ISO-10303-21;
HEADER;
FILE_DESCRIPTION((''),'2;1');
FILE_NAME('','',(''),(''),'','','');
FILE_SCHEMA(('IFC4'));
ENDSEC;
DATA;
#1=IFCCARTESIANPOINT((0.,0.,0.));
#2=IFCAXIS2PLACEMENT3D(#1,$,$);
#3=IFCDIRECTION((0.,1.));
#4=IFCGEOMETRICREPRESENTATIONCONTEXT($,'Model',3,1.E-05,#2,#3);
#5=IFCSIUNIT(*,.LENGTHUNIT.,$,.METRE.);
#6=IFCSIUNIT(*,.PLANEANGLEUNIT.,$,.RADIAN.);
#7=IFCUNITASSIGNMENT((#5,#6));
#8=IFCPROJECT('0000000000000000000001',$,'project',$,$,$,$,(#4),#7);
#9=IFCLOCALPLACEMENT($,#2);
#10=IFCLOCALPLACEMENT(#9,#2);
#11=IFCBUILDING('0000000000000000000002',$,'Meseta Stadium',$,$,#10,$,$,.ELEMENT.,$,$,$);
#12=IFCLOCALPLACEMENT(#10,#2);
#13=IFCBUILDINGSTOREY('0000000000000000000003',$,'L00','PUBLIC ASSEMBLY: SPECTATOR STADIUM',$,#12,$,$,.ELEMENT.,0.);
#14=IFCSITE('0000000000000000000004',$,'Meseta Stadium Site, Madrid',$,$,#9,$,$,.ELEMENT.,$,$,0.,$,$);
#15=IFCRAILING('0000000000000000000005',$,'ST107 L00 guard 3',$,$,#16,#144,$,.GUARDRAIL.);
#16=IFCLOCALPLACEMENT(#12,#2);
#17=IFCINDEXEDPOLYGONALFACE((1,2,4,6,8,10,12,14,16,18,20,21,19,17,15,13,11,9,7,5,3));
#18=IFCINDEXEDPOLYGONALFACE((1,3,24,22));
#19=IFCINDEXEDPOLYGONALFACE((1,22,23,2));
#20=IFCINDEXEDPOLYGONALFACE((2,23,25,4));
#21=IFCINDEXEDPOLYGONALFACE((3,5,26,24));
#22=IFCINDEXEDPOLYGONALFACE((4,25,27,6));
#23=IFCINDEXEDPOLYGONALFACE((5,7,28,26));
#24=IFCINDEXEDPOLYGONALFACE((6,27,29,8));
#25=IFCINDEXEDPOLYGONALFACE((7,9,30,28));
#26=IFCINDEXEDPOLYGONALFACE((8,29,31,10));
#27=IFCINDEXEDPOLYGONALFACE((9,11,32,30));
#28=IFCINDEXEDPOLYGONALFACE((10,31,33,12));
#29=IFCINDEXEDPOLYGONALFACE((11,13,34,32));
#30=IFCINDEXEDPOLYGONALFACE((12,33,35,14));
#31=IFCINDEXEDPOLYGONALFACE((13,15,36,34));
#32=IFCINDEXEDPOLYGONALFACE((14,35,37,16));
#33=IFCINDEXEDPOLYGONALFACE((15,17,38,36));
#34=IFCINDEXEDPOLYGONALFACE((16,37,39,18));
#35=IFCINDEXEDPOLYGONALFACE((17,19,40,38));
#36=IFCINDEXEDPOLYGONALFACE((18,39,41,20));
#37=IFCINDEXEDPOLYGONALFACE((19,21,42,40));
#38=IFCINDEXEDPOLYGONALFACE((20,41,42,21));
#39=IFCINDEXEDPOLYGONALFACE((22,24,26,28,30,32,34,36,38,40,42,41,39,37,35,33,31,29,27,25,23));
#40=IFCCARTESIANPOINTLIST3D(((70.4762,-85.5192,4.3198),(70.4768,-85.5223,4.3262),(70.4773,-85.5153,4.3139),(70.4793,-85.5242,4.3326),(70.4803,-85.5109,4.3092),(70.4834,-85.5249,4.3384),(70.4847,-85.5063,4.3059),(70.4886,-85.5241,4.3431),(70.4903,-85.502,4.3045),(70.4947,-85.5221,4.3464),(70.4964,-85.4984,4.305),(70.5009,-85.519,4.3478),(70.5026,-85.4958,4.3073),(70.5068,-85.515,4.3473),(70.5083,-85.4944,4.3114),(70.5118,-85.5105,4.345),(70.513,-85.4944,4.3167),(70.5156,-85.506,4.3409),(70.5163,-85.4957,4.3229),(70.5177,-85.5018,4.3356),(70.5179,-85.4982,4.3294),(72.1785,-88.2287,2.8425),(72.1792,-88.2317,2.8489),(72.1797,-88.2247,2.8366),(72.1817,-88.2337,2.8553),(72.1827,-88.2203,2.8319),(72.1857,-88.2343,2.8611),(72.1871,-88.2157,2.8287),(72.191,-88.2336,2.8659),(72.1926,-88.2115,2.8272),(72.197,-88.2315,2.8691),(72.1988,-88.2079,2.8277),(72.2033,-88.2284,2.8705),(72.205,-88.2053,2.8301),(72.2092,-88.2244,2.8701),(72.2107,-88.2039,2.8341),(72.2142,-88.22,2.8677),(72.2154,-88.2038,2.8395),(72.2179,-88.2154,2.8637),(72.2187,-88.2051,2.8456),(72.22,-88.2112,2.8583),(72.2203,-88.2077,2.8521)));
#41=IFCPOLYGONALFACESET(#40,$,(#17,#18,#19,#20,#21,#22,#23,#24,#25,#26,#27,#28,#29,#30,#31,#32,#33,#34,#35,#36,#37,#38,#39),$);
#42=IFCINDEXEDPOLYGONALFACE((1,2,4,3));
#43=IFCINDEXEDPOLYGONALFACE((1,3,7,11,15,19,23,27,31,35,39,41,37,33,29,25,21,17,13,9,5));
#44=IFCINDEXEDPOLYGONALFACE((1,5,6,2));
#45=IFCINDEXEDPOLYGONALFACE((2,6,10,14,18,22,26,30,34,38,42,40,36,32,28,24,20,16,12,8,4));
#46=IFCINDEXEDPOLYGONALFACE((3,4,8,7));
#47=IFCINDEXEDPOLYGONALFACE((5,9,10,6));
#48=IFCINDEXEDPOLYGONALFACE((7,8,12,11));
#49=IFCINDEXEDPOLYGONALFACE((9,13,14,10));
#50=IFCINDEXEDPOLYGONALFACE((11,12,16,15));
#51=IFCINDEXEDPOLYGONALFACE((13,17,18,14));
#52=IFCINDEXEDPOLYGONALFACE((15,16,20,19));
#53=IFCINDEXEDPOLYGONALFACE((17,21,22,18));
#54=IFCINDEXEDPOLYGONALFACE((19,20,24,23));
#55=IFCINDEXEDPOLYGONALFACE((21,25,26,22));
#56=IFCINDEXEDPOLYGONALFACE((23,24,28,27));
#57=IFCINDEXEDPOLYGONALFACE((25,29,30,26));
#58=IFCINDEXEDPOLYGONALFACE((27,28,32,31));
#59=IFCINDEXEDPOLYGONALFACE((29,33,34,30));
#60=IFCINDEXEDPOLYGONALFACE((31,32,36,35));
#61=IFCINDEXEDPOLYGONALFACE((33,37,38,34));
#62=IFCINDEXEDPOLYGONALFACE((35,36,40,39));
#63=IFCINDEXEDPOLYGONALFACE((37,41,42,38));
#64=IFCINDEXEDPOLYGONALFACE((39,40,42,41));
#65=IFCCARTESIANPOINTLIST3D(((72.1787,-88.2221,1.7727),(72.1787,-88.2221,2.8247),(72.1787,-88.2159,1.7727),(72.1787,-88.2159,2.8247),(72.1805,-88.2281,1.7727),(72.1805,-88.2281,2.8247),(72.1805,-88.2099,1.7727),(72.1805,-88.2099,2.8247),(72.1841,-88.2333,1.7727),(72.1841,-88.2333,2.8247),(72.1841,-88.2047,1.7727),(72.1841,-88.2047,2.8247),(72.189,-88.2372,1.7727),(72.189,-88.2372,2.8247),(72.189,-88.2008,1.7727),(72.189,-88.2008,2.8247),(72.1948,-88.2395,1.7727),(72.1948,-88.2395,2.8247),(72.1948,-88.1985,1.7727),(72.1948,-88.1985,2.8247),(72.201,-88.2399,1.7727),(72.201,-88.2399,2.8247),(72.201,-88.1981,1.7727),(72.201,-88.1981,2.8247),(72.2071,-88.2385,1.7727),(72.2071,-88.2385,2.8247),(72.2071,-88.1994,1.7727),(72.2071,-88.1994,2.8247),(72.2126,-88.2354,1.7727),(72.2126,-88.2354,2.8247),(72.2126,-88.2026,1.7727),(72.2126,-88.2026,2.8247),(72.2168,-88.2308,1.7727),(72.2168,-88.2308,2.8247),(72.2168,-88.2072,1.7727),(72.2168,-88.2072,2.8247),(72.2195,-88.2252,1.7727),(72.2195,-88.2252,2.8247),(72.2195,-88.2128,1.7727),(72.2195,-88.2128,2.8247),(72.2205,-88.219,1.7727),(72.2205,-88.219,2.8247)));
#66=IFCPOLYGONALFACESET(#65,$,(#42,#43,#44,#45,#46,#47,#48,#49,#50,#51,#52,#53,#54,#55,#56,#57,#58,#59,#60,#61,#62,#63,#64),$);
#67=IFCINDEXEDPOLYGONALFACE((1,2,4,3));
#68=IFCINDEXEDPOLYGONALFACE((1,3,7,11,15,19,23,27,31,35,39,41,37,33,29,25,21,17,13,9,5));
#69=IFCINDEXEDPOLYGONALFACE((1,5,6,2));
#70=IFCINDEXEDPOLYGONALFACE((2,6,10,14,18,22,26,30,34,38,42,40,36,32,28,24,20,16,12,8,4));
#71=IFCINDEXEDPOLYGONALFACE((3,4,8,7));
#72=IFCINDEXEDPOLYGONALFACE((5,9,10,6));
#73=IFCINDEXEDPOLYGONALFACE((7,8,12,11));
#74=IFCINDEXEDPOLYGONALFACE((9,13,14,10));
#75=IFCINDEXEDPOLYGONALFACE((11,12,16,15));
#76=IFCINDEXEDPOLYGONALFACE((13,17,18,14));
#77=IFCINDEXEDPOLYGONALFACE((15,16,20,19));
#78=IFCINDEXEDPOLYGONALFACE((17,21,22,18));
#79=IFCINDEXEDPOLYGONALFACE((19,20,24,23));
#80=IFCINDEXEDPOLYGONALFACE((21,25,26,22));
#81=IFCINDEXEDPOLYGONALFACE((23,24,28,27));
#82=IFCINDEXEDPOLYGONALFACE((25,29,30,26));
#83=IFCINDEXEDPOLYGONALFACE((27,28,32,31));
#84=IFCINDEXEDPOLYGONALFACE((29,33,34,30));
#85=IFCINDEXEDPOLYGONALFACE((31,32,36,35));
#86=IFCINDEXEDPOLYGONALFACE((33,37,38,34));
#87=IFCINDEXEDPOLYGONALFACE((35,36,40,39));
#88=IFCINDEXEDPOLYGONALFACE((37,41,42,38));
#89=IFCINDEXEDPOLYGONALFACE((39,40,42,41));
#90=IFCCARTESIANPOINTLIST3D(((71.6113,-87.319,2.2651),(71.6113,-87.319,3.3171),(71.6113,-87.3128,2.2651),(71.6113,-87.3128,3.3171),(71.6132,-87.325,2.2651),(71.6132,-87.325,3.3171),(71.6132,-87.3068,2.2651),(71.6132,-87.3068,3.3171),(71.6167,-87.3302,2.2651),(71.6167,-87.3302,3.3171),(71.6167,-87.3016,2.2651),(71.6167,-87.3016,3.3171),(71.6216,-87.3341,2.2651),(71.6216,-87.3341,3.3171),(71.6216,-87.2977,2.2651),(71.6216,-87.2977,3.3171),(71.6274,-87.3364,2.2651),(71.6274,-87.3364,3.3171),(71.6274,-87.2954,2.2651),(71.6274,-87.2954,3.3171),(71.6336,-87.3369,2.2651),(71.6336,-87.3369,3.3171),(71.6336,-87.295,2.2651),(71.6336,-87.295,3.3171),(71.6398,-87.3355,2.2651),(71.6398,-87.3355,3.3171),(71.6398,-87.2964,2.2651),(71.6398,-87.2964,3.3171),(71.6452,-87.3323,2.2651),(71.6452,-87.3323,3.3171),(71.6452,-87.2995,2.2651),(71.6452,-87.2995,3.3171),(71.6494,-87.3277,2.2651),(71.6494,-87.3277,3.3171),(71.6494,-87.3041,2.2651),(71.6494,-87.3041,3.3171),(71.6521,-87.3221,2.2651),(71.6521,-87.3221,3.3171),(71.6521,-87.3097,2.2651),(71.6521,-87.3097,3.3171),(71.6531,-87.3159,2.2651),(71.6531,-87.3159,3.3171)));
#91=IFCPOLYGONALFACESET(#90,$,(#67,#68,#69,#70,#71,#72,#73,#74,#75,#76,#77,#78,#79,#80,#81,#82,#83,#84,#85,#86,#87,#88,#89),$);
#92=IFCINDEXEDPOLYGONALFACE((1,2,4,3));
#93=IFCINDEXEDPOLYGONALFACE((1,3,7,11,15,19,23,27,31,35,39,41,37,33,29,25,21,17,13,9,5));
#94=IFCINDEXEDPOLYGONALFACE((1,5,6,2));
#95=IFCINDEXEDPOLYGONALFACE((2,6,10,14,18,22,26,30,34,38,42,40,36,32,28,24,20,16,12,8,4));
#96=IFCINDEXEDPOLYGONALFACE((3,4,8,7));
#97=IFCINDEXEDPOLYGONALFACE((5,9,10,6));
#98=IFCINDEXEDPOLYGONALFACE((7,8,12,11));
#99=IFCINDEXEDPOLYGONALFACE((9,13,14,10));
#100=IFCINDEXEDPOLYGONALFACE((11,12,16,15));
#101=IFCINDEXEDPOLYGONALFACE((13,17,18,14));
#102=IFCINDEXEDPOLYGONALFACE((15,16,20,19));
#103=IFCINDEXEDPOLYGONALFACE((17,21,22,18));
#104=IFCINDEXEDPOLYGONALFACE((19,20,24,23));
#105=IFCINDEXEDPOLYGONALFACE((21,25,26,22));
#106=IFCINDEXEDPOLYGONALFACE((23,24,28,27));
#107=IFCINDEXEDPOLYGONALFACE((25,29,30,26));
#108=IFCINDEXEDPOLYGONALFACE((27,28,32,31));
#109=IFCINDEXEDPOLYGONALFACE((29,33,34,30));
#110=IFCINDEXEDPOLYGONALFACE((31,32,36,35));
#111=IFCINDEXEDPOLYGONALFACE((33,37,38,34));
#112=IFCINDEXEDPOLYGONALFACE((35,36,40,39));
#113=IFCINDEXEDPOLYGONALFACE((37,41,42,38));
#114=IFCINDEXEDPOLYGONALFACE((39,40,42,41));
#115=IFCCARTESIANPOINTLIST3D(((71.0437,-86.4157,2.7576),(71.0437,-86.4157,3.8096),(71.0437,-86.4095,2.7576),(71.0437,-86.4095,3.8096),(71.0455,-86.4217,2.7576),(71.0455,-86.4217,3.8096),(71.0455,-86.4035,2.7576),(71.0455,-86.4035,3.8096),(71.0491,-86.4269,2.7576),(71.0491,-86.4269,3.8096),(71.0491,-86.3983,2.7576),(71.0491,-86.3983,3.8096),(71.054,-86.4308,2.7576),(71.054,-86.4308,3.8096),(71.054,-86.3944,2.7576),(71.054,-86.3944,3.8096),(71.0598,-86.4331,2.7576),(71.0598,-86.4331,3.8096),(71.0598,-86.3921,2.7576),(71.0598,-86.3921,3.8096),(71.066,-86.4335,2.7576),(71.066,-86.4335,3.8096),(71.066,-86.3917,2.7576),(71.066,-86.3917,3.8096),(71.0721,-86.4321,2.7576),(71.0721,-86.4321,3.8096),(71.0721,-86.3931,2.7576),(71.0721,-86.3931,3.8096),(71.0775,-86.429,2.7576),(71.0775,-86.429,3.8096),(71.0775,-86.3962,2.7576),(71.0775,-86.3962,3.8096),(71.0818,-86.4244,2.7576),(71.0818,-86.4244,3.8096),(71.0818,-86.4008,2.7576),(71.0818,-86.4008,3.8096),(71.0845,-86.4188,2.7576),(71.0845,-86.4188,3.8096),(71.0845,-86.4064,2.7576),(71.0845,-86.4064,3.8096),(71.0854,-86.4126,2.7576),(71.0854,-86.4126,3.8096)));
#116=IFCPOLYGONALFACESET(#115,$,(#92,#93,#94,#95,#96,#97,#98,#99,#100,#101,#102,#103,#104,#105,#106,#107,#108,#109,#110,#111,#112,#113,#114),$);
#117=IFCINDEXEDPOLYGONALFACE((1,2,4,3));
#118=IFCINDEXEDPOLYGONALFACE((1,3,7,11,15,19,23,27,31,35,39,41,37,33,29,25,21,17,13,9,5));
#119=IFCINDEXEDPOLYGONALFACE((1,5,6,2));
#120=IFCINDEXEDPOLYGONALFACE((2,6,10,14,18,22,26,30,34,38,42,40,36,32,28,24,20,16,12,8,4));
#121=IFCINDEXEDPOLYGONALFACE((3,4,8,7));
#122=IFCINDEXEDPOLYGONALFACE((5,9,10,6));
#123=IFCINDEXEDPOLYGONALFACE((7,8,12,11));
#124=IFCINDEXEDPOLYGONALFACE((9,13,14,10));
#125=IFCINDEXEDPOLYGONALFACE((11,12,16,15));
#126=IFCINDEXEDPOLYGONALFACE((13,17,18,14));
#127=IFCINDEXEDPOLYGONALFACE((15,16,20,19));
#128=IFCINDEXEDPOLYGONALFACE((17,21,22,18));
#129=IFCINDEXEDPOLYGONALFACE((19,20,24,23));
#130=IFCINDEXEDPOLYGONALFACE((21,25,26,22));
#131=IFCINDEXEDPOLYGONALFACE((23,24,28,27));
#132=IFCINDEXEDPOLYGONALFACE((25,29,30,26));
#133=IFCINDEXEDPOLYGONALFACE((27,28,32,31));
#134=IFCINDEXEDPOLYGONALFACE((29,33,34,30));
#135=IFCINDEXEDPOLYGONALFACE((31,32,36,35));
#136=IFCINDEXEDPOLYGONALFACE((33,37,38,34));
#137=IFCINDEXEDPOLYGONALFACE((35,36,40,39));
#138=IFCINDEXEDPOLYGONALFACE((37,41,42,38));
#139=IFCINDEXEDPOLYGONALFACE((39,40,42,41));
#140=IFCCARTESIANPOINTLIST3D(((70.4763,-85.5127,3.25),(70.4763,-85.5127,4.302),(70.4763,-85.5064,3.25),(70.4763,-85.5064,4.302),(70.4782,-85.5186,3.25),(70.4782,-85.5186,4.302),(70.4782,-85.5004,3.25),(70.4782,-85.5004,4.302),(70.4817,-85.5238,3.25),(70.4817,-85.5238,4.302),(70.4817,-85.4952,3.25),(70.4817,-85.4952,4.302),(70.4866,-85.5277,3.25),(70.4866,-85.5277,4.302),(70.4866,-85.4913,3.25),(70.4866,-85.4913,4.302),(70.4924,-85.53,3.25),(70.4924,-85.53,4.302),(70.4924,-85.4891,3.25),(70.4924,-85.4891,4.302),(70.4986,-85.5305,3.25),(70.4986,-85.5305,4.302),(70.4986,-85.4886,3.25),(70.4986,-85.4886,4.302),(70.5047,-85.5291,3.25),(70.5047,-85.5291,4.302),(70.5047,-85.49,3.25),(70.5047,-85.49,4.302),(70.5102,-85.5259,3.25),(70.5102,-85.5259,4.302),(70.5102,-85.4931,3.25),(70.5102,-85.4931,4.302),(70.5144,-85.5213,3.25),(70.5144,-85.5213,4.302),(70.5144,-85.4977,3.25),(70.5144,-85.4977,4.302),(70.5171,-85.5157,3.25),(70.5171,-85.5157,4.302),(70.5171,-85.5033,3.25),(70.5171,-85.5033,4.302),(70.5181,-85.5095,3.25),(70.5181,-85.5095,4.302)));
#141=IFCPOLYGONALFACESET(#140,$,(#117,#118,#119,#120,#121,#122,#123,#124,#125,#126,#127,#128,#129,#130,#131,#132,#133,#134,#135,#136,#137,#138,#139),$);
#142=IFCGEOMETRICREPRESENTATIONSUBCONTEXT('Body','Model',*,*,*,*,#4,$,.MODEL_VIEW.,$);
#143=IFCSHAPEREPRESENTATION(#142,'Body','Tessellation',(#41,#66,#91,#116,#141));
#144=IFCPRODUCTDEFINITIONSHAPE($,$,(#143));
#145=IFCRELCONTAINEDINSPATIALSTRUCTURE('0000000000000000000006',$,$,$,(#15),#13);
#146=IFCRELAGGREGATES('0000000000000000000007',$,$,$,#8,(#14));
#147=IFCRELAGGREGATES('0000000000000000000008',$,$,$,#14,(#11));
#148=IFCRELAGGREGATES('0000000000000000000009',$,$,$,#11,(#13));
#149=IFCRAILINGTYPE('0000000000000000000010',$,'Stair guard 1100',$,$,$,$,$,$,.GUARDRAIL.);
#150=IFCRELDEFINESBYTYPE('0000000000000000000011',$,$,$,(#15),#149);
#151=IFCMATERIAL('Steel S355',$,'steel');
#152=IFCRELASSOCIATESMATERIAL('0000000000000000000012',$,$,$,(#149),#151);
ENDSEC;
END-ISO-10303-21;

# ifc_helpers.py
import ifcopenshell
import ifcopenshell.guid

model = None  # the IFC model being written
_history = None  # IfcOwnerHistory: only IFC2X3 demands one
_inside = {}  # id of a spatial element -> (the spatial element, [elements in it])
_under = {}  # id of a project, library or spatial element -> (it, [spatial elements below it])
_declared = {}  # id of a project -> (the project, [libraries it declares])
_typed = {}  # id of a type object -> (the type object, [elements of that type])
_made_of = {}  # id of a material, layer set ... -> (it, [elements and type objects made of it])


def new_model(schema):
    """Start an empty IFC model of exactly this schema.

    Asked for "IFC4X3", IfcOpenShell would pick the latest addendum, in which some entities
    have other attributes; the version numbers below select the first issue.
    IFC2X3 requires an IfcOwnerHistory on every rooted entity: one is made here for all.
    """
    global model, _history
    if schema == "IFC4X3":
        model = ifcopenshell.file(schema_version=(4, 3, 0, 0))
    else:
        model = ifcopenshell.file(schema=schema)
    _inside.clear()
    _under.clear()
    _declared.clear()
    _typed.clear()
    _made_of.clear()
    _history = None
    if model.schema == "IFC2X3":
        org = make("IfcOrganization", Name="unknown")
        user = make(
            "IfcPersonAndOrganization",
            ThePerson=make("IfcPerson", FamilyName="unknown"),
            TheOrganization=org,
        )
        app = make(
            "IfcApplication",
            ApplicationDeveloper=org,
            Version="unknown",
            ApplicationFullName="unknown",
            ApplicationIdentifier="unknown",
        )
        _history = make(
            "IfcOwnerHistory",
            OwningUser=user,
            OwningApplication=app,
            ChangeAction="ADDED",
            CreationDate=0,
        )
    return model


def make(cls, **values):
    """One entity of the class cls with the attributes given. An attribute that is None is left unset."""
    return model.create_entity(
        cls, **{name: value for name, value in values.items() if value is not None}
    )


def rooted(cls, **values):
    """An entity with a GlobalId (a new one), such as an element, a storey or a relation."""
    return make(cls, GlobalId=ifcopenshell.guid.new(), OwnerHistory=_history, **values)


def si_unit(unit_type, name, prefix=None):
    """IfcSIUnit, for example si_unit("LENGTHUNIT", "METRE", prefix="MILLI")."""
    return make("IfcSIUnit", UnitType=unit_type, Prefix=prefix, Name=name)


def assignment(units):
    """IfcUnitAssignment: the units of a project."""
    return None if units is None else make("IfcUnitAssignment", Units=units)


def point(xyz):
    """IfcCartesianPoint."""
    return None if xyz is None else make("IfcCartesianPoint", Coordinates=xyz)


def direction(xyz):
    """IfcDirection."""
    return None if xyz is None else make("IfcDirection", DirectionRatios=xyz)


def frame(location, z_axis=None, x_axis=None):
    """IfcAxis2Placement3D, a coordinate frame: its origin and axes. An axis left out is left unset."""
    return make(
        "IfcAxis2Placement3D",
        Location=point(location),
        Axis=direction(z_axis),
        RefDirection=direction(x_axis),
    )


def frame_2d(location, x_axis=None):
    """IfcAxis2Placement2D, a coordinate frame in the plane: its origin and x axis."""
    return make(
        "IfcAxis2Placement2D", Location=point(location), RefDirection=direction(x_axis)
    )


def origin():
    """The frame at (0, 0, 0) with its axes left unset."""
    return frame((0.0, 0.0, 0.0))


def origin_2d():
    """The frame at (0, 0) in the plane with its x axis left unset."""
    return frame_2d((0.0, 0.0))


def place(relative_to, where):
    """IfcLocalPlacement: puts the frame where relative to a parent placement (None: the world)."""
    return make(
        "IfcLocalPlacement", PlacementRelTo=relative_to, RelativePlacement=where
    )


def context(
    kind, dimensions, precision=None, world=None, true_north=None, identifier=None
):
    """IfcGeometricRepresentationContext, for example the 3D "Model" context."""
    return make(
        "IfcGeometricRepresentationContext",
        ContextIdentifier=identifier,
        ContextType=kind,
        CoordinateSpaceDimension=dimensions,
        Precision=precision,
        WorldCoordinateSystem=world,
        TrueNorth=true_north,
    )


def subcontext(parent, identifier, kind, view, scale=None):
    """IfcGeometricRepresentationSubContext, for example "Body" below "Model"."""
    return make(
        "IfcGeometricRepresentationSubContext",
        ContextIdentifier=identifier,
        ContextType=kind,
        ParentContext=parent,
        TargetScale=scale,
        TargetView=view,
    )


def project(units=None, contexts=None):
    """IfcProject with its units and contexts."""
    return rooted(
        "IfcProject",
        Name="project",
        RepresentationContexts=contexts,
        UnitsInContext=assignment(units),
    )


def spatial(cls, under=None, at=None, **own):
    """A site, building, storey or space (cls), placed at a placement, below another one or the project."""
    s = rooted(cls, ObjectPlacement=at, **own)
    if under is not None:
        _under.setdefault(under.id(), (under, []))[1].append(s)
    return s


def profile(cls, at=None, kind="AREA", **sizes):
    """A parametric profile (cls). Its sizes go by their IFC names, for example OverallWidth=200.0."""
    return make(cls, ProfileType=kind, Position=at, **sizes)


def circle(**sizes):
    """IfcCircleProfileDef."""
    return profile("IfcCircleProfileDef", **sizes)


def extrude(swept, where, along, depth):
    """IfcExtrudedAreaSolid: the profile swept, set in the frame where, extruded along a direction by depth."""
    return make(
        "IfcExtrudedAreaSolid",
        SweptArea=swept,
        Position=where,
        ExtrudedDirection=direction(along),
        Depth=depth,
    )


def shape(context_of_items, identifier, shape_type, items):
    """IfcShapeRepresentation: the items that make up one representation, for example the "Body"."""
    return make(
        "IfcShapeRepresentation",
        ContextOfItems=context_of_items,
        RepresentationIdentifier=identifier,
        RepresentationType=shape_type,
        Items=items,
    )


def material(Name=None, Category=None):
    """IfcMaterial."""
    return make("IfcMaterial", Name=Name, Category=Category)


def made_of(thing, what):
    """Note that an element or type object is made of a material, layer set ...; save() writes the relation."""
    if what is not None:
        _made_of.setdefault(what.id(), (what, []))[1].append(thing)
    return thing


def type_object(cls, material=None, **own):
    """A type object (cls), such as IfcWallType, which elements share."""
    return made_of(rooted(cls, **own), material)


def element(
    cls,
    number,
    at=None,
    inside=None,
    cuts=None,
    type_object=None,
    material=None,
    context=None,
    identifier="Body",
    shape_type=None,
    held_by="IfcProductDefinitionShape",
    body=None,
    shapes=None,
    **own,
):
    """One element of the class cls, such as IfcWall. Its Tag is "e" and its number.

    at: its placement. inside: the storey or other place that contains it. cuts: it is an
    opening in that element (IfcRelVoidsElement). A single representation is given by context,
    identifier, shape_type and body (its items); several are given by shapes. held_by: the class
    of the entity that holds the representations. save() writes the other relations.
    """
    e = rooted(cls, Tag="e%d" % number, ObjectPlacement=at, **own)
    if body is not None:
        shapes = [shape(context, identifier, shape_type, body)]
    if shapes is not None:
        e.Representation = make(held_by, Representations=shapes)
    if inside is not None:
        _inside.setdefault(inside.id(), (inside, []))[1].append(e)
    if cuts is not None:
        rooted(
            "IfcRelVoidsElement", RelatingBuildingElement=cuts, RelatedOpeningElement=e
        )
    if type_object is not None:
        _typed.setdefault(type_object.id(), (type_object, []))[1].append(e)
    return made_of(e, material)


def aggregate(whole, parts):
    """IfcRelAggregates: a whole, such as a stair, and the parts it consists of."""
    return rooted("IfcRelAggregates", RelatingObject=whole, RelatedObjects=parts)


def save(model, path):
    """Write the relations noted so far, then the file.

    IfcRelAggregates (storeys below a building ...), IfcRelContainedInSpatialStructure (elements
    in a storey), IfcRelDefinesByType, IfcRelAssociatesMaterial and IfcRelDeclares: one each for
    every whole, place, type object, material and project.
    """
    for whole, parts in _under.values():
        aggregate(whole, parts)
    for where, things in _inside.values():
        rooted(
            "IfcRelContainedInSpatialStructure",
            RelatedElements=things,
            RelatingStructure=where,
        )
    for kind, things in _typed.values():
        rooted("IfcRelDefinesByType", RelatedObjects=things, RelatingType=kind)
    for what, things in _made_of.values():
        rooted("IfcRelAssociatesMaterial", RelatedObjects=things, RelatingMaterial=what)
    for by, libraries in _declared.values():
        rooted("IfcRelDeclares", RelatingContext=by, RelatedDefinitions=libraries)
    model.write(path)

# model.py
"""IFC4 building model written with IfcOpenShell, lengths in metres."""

from ifc_helpers import new_model, si_unit, direction, frame, origin, origin_2d, place, context, subcontext, project, spatial, circle, extrude, material, type_object, element, save


model = new_model("IFC4")

# Units and contexts
model_context = context("Model", 3, precision=1e-05, world=origin(), true_north=direction((0.0, 1.0)))
body_context = subcontext(model_context, "Body", "Model", "MODEL_VIEW")
ifc_project = project(units=[si_unit("LENGTHUNIT", "METRE"), si_unit("PLANEANGLEUNIT", "RADIAN")], contexts=[model_context])

# Site, building, storey
site_placement = place(None, origin())
site = spatial("IfcSite", under=ifc_project, at=site_placement, Name="Meseta Stadium Site, Madrid", CompositionType="ELEMENT", RefElevation=0.0)
building_placement = place(site_placement, origin())
building = spatial("IfcBuilding", under=site, at=building_placement, Name="Meseta Stadium", CompositionType="ELEMENT")
storey_placement = place(building_placement, origin())
storey = spatial("IfcBuildingStorey", under=building, at=storey_placement, Name="L00", Description="PUBLIC ASSEMBLY: SPECTATOR STADIUM", CompositionType="ELEMENT", Elevation=0.0)

# Railing
ifc_material_1 = material(Name="Steel S355", Category="steel")
railing_type_1 = type_object("IfcRailingType", Name="Stair guard 1100", PredefinedType="GUARDRAIL", material=ifc_material_1)
railing_1_placement = place(storey_placement, frame((72.1995, -88.219, 1.7727)))
element("IfcRailing", 1, at=railing_1_placement, inside=storey, type_object=railing_type_1, Name="ST107 L00 guard 3", PredefinedType="GUARDRAIL", context=body_context, shape_type="SweptSolid", body=[
    extrude(circle(Radius=0.0239, at=origin_2d()), frame((0.0, 0.0, 1.0762), z_axis=(-0.483023, 0.768764, 0.419156), x_axis=(-0.846736, -0.532014, 0.0)), (0.0, 0.0, 1.0), 3.5244),
    extrude(circle(Radius=0.021, at=origin_2d()), origin(), (0.0, 0.0, 1.0), 1.052),
    extrude(circle(Radius=0.021, at=origin_2d()), frame((-0.5674, 0.9031, 0.4924)), (0.0, 0.0, 1.0), 1.052),
    extrude(circle(Radius=0.021, at=origin_2d()), frame((-1.135, 1.8064, 0.9849)), (0.0, 0.0, 1.0), 1.052),
    extrude(circle(Radius=0.021, at=origin_2d()), frame((-1.7024, 2.7095, 1.4773)), (0.0, 0.0, 1.0), 1.052),
])

save(model, "model.ifc")
